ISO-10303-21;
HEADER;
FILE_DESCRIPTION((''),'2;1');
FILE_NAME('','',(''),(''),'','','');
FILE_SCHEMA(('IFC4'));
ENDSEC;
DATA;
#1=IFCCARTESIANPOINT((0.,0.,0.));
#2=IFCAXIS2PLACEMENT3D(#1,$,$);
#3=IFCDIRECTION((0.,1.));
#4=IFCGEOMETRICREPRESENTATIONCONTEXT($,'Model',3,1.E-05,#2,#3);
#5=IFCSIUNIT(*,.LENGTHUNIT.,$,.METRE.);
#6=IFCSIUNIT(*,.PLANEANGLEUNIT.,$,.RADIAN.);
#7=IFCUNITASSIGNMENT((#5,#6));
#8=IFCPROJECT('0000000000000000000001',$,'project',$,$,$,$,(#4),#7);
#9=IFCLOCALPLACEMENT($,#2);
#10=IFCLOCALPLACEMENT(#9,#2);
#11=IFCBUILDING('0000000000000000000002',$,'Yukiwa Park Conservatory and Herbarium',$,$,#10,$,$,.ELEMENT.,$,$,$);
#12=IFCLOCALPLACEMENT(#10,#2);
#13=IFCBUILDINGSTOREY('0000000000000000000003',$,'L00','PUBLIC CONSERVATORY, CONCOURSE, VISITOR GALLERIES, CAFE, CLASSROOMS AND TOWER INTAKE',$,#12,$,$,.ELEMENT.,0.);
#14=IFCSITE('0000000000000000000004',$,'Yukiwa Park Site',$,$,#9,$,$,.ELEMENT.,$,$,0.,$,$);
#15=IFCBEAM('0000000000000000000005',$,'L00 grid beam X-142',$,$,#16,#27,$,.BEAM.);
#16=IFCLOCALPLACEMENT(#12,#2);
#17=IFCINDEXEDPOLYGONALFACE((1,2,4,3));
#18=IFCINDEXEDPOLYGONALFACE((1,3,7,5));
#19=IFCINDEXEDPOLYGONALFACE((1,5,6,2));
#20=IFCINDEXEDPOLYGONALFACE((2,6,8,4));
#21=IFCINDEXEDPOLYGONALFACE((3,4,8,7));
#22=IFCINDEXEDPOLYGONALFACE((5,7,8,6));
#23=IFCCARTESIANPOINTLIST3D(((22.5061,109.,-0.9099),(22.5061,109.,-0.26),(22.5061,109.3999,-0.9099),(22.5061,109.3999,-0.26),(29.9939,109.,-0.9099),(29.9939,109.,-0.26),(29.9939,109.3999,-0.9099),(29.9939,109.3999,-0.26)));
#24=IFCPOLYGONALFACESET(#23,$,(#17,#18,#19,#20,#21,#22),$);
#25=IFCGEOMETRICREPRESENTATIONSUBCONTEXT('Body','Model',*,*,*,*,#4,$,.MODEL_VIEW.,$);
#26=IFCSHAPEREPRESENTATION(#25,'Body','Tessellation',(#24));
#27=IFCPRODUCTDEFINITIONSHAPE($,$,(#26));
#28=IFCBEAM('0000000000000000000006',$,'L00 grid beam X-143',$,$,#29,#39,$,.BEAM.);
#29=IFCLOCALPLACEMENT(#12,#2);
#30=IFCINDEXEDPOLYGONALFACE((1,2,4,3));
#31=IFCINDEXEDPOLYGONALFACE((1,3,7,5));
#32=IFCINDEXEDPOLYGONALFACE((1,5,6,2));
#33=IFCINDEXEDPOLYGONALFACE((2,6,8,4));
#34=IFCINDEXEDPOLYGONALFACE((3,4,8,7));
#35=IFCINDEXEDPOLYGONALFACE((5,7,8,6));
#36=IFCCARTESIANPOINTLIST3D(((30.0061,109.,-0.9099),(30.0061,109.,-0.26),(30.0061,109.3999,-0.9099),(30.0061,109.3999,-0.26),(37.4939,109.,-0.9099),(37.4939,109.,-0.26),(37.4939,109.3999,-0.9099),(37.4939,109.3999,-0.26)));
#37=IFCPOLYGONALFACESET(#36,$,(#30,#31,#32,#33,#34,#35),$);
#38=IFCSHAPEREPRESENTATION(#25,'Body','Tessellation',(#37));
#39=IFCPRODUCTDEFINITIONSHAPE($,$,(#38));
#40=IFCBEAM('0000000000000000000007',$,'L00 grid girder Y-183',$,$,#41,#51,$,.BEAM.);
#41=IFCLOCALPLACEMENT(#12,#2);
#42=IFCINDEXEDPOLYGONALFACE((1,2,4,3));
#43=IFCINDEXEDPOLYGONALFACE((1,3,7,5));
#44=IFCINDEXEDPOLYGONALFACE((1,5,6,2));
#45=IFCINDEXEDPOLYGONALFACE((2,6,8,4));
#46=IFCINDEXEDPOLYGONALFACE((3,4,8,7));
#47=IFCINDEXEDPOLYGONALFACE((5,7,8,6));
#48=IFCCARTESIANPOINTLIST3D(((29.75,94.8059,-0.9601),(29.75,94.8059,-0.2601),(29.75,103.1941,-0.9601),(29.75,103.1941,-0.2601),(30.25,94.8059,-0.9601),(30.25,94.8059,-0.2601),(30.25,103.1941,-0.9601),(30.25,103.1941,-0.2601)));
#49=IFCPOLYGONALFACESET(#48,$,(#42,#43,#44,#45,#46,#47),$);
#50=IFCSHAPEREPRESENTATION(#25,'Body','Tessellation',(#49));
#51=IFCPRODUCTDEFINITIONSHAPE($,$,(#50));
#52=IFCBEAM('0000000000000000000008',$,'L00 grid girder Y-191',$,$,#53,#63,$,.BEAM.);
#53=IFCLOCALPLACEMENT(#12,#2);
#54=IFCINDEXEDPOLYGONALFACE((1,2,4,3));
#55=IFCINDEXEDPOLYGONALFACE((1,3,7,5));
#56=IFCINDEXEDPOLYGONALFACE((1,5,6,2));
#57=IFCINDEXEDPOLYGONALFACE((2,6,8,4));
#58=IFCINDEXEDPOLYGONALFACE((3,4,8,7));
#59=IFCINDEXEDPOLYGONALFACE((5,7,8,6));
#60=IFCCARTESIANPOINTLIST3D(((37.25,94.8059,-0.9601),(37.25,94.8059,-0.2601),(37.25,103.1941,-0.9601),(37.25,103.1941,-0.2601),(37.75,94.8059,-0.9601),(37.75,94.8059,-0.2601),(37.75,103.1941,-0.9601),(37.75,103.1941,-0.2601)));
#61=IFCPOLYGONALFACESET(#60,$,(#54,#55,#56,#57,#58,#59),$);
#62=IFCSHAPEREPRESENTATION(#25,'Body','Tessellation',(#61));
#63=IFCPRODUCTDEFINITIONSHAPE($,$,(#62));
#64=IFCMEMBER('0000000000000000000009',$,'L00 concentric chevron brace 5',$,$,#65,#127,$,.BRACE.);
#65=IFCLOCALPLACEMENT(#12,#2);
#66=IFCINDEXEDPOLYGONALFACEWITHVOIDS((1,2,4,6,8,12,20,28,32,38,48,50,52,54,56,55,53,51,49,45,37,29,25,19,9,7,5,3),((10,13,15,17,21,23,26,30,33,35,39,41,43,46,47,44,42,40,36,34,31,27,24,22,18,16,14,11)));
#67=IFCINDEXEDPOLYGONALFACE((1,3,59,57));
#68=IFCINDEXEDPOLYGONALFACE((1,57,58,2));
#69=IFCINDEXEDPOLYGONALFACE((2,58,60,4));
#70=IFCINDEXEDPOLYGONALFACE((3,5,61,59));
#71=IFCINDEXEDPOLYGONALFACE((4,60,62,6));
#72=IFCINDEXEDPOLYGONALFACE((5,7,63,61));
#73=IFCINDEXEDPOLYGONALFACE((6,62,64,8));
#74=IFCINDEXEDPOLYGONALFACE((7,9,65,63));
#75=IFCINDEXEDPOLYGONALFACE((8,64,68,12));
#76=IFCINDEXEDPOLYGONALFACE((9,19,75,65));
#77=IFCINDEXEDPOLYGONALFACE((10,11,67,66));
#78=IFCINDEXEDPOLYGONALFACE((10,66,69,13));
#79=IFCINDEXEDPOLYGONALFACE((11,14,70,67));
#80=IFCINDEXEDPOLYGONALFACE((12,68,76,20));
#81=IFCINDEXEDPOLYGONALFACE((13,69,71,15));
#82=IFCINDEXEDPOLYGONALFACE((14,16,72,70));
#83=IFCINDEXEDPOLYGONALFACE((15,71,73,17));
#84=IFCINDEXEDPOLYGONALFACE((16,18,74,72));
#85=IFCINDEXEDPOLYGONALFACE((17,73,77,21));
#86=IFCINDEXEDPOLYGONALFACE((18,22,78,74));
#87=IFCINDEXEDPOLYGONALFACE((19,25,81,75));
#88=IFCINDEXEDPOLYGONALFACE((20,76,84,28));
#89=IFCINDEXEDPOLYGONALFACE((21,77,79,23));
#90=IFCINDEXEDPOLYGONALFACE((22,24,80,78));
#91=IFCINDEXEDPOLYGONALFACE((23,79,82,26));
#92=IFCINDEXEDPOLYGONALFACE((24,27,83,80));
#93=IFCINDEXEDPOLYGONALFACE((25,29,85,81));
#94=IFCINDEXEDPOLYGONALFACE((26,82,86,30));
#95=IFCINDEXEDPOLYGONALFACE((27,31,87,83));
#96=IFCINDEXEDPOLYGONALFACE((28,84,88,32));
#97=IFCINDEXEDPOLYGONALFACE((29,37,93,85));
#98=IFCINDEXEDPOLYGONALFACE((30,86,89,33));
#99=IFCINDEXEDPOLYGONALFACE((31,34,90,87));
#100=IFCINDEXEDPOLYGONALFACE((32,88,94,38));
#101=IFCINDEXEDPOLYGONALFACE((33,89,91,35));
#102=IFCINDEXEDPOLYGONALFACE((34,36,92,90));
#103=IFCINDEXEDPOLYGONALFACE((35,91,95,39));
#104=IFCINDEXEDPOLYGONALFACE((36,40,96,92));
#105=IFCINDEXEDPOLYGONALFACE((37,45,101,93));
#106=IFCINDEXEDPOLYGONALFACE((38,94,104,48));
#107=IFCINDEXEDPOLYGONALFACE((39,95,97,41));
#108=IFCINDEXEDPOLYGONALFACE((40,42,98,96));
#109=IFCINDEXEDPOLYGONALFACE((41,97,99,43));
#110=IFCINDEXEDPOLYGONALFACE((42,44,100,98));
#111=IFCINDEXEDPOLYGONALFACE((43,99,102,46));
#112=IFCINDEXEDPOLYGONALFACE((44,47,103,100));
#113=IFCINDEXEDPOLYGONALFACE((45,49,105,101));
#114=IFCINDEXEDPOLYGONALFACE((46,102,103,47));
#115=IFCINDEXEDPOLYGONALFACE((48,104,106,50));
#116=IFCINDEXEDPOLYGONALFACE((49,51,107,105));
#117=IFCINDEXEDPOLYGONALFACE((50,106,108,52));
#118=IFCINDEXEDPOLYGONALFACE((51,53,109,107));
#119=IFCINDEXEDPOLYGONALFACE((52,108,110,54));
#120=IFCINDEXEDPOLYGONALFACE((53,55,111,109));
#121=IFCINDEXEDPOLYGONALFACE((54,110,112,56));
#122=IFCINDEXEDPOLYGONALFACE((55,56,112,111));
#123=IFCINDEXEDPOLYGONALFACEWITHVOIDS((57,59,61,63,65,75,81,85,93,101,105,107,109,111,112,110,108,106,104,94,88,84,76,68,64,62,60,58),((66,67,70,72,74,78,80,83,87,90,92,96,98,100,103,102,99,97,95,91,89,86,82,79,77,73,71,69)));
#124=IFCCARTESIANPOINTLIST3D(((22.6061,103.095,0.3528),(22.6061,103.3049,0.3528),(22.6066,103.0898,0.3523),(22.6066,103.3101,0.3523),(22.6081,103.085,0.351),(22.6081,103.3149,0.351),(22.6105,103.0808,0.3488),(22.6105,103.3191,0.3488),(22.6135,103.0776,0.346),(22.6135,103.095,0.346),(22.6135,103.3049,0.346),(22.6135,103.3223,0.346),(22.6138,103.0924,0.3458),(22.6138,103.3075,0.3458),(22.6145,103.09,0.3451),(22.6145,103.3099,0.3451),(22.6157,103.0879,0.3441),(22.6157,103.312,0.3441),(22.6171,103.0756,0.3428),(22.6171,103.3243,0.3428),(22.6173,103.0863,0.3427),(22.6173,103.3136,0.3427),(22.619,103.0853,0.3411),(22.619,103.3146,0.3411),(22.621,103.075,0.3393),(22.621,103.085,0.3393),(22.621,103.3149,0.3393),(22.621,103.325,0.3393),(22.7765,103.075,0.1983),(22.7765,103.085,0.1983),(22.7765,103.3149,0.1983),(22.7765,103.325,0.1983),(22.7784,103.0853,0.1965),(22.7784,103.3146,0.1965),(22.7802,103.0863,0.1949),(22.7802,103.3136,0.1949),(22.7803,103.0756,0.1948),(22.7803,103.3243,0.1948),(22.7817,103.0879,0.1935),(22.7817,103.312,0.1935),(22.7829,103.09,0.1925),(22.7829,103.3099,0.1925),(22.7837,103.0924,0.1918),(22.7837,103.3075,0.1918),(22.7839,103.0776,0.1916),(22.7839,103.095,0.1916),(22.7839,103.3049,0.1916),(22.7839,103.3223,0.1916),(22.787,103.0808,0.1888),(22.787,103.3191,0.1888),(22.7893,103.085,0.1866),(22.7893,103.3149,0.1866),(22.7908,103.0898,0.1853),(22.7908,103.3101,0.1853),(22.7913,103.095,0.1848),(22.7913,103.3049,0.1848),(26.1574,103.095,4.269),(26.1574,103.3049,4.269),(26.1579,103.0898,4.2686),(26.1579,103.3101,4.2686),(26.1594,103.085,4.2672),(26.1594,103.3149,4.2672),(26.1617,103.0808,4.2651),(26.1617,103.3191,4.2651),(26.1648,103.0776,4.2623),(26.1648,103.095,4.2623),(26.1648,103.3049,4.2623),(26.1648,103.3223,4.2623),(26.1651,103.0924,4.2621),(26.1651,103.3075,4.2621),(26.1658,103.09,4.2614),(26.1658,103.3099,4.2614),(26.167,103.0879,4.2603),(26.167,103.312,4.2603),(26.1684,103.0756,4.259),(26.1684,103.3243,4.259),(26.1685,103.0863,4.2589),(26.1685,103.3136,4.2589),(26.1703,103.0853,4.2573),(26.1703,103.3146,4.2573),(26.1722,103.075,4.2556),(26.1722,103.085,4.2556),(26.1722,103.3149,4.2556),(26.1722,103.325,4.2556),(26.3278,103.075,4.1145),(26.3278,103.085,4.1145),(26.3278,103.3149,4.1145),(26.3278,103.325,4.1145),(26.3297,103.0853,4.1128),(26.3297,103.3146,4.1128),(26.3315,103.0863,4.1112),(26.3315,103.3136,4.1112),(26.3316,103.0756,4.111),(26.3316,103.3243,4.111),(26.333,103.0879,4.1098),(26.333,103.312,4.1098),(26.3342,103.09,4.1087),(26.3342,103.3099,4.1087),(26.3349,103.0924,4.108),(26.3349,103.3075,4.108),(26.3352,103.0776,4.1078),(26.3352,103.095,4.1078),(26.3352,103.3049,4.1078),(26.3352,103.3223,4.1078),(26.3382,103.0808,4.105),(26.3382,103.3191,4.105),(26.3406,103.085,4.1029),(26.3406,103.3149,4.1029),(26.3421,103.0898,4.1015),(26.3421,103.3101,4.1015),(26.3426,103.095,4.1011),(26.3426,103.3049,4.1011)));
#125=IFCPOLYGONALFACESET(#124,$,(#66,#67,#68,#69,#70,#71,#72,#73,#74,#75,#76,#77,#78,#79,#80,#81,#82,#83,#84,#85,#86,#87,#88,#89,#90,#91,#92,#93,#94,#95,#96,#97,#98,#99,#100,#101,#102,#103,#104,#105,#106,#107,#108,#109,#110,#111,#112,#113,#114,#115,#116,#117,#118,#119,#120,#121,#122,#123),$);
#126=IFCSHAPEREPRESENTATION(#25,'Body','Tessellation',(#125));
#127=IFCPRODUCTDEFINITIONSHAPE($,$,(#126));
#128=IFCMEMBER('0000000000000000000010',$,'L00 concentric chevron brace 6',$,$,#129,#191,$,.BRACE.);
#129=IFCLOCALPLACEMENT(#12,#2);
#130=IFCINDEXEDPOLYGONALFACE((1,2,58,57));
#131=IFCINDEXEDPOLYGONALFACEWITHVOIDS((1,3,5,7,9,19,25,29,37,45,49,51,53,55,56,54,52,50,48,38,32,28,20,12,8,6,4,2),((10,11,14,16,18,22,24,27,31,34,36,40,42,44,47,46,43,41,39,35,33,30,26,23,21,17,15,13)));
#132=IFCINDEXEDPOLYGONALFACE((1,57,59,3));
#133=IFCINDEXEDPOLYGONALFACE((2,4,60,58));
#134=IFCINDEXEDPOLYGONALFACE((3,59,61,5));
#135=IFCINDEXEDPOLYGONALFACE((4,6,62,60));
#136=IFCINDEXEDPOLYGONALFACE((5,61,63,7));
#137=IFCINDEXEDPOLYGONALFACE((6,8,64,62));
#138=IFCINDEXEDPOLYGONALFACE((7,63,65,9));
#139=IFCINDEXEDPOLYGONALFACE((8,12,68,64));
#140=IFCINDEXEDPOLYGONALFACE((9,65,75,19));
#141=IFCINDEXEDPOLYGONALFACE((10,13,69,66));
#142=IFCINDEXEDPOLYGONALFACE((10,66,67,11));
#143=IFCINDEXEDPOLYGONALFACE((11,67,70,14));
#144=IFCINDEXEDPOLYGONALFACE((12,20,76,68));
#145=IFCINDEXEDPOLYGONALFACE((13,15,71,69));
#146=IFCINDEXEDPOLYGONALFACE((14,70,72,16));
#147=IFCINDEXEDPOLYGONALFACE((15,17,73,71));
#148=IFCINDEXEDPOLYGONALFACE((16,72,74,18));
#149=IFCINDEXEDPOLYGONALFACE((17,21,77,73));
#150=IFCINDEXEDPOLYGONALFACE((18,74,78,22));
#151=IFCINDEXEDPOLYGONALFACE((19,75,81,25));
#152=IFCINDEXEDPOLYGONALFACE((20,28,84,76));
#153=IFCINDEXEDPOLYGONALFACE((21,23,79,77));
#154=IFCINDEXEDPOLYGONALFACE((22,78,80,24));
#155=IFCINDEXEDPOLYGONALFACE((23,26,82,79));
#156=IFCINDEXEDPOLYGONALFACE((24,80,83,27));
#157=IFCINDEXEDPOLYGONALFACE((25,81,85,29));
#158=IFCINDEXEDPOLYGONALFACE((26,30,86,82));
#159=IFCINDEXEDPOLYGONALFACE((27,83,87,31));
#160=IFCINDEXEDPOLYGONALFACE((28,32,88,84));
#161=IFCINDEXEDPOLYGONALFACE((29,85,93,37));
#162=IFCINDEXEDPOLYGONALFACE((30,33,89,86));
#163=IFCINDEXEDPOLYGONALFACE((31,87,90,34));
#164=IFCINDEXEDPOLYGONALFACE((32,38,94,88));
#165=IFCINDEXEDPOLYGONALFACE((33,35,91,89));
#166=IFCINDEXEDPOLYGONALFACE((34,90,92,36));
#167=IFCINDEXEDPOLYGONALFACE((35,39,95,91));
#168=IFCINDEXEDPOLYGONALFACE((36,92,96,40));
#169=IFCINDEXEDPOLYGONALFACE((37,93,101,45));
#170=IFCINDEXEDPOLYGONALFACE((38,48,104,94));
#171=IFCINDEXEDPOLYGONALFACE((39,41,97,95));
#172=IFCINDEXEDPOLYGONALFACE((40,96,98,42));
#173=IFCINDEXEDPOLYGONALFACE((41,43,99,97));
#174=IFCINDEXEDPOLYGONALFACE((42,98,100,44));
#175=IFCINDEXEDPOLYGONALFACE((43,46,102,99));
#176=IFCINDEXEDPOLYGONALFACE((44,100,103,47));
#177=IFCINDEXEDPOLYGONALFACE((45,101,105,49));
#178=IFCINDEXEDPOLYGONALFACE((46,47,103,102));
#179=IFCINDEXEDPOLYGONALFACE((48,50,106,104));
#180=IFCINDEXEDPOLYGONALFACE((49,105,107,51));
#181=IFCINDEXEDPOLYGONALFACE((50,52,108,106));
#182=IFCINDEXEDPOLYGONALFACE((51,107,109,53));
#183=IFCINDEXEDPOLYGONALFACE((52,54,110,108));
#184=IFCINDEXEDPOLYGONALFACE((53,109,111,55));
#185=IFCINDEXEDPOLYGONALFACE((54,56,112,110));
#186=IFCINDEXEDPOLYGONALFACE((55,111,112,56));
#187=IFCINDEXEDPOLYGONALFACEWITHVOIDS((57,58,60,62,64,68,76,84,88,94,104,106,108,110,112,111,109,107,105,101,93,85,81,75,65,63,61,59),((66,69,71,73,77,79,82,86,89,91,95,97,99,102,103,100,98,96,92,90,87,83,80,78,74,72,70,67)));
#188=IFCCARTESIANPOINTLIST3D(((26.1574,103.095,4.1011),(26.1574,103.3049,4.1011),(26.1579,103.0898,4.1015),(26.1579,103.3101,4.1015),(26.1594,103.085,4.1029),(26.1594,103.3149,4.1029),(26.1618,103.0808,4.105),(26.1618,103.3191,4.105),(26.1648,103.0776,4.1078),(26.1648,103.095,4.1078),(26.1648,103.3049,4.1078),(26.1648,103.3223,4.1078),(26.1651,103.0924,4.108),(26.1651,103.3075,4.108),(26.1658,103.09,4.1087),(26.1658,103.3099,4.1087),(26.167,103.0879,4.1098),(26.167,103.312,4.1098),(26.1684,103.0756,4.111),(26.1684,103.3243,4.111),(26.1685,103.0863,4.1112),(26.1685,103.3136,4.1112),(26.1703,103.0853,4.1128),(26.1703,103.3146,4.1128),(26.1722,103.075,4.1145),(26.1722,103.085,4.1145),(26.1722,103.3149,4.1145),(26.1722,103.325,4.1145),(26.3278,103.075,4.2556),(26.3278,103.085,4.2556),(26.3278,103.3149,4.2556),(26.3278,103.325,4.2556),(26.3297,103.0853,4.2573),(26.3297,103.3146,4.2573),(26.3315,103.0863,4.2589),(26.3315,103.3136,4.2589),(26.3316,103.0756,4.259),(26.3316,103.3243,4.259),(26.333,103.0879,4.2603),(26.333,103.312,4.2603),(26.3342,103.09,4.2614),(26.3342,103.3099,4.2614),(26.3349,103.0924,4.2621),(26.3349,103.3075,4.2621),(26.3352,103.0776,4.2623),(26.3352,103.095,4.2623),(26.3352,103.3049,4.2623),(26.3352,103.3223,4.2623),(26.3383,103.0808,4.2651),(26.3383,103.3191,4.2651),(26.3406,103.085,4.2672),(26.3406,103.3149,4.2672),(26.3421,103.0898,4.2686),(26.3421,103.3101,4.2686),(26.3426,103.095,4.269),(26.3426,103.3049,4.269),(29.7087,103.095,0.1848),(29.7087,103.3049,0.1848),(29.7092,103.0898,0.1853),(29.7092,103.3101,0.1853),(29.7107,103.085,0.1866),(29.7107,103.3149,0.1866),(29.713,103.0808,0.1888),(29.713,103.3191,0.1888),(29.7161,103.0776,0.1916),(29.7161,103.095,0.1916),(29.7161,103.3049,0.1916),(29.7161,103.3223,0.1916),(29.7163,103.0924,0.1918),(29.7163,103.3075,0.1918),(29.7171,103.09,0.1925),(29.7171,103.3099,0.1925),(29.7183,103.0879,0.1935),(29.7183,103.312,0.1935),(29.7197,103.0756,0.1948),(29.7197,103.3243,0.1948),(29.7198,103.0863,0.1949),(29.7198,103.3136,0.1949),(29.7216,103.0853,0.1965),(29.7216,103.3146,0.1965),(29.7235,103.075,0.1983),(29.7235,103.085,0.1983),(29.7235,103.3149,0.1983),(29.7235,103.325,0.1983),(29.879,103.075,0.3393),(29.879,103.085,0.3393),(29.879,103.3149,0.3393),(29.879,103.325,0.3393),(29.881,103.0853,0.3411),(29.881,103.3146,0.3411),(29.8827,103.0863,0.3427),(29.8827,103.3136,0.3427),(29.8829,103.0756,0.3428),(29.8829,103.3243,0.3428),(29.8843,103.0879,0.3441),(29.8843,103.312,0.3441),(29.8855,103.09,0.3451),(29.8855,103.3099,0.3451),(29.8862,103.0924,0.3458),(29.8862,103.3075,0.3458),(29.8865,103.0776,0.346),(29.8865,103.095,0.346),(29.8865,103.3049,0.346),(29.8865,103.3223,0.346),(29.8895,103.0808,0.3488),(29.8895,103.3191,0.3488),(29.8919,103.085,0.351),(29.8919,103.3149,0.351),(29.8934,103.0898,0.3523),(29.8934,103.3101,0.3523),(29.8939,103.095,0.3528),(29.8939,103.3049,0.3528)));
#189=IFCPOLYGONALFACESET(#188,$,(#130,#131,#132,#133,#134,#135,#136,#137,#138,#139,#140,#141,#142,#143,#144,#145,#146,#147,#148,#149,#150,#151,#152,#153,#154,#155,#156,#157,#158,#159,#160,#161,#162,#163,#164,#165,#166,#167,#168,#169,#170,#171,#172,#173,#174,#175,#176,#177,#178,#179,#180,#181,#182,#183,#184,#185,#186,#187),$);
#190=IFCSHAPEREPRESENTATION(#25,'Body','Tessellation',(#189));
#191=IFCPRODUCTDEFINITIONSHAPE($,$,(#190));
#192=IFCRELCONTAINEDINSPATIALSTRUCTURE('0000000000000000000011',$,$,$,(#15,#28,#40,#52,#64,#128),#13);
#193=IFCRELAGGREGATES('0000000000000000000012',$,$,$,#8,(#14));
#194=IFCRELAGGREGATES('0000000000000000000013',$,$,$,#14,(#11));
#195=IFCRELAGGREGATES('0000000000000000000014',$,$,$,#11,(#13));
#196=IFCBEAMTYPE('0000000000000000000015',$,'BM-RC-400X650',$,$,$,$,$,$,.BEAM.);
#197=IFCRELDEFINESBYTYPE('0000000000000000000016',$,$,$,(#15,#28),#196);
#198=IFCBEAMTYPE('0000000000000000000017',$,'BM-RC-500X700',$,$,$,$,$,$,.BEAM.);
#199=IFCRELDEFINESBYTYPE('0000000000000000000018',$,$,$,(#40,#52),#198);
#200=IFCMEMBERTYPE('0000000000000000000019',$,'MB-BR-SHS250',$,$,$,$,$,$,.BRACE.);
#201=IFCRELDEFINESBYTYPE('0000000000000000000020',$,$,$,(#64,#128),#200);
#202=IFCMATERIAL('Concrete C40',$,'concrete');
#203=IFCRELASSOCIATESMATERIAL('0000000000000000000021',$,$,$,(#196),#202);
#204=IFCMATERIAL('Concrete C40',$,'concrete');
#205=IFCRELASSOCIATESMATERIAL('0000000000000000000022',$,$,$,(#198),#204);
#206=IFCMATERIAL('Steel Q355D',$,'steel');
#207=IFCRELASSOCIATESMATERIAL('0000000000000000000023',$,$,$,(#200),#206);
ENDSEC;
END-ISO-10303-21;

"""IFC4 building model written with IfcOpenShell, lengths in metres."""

from ifc_helpers import new_model, si_unit, direction, frame, origin, origin_2d, place, context, subcontext, project, spatial, rectangle, hollow_rectangle, extrude, material, material_profile, profile_set, type_object, element, save


model = new_model("IFC4")

# Units and contexts
model_context = context("Model", 3, precision=1e-05, world=origin(), true_north=direction((0.0, 1.0)))
body_context = subcontext(model_context, "Body", "Model", "MODEL_VIEW")
ifc_project = project(units=[si_unit("LENGTHUNIT", "METRE"), si_unit("PLANEANGLEUNIT", "RADIAN")], contexts=[model_context])

# Site, building, storey
site_placement = place(None, origin())
site = spatial("IfcSite", under=ifc_project, at=site_placement, Name="Yukiwa Park Site", CompositionType="ELEMENT", RefElevation=0.0)
building_placement = place(site_placement, origin())
building = spatial("IfcBuilding", under=site, at=building_placement, Name="Yukiwa Park Conservatory and Herbarium", CompositionType="ELEMENT")
storey_placement = place(building_placement, origin())
storey = spatial("IfcBuildingStorey", under=building, at=storey_placement, Name="L00", Description="PUBLIC CONSERVATORY, CONCOURSE, VISITOR GALLERIES, CAFE, CLASSROOMS AND TOWER INTAKE", CompositionType="ELEMENT", Elevation=0.0)

# Beams
ifc_material_1 = material(Name="Concrete C40", Category="concrete")
ifc_material_profile_1 = material_profile(ifc_material_1, rectangle(XDim=0.3999, YDim=0.6499, at=origin_2d()), Name="RC 400x650")
ifc_profile_set_1 = profile_set([ifc_material_profile_1], Name="Concrete C40")
beam_type_1 = type_object("IfcBeamType", Name="BM-RC-400X650", PredefinedType="BEAM", material=ifc_profile_set_1)
for number, where, z_axis, x_axis, name in (
    (1, (22.5061, 109.2, -0.585), (1.0, 0.0, 0.0), (0.0, 1.0, 0.0), "L00 grid beam X-142"),
    (2, (30.0061, 109.2, -0.585), (1.0, 0.0, 0.0), (0.0, 1.0, 0.0), "L00 grid beam X-143"),
):
    element("IfcBeam", number, at=place(storey_placement, frame(where, z_axis=z_axis, x_axis=x_axis)), inside=storey, type_object=beam_type_1, Name=name, PredefinedType="BEAM", context=body_context, shape_type="SweptSolid", body=[
        extrude(rectangle(XDim=0.3999, YDim=0.6499, at=origin_2d()), origin(), (0.0, 0.0, 1.0), 7.4878),
    ])
ifc_material_2 = material(Name="Concrete C40", Category="concrete")
ifc_material_profile_2 = material_profile(ifc_material_2, rectangle(XDim=0.5, YDim=0.7, at=origin_2d()), Name="RC 500x700")
ifc_profile_set_2 = profile_set([ifc_material_profile_2], Name="Concrete C40")
beam_type_2 = type_object("IfcBeamType", Name="BM-RC-500X700", PredefinedType="BEAM", material=ifc_profile_set_2)
for number, where, z_axis, x_axis, name in (
    (3, (30.0, 94.8059, -0.6101), (0.0, 1.0, 0.0), (-1.0, 0.0, 0.0), "L00 grid girder Y-183"),
    (4, (37.5, 94.8059, -0.6101), (0.0, 1.0, 0.0), (-1.0, 0.0, 0.0), "L00 grid girder Y-191"),
):
    element("IfcBeam", number, at=place(storey_placement, frame(where, z_axis=z_axis, x_axis=x_axis)), inside=storey, type_object=beam_type_2, Name=name, PredefinedType="BEAM", context=body_context, shape_type="SweptSolid", body=[
        extrude(rectangle(XDim=0.5, YDim=0.7, at=origin_2d()), origin(), (0.0, 0.0, 1.0), 8.3882),
    ])

# Members
ifc_material_3 = material(Name="Steel Q355D", Category="steel")
ifc_material_profile_3 = material_profile(ifc_material_3, hollow_rectangle(XDim=0.25, YDim=0.25, WallThickness=0.01, InnerFilletRadius=0.01, OuterFilletRadius=0.02, at=origin_2d()), Name="SHS 250x250x10")
ifc_profile_set_3 = profile_set([ifc_material_profile_3], Name="Steel Q355D")
member_type = type_object("IfcMemberType", Name="MB-BR-SHS250", PredefinedType="BRACE", material=ifc_profile_set_3)
for number, where, z_axis, x_axis, name in (
    (5, (22.6987, 103.2, 0.2688), (0.671744, 0.0, 0.740784), (0.0, 1.0, 0.0), "L00 concentric chevron brace 5"),
    (6, (29.8013, 103.2, 0.2688), (-0.671744, 0.0, 0.740784), (0.0, -1.0, 0.0), "L00 concentric chevron brace 6"),
):
    element("IfcMember", number, at=place(storey_placement, frame(where, z_axis=z_axis, x_axis=x_axis)), inside=storey, type_object=member_type, Name=name, PredefinedType="BRACE", context=body_context, shape_type="SweptSolid", body=[
        extrude(hollow_rectangle(XDim=0.25, YDim=0.25, WallThickness=0.01, InnerFilletRadius=0.01, OuterFilletRadius=0.02, at=origin_2d()), origin(), (0.0, 0.0, 1.0), 5.2866),
    ])

save(model, "model.ifc")
